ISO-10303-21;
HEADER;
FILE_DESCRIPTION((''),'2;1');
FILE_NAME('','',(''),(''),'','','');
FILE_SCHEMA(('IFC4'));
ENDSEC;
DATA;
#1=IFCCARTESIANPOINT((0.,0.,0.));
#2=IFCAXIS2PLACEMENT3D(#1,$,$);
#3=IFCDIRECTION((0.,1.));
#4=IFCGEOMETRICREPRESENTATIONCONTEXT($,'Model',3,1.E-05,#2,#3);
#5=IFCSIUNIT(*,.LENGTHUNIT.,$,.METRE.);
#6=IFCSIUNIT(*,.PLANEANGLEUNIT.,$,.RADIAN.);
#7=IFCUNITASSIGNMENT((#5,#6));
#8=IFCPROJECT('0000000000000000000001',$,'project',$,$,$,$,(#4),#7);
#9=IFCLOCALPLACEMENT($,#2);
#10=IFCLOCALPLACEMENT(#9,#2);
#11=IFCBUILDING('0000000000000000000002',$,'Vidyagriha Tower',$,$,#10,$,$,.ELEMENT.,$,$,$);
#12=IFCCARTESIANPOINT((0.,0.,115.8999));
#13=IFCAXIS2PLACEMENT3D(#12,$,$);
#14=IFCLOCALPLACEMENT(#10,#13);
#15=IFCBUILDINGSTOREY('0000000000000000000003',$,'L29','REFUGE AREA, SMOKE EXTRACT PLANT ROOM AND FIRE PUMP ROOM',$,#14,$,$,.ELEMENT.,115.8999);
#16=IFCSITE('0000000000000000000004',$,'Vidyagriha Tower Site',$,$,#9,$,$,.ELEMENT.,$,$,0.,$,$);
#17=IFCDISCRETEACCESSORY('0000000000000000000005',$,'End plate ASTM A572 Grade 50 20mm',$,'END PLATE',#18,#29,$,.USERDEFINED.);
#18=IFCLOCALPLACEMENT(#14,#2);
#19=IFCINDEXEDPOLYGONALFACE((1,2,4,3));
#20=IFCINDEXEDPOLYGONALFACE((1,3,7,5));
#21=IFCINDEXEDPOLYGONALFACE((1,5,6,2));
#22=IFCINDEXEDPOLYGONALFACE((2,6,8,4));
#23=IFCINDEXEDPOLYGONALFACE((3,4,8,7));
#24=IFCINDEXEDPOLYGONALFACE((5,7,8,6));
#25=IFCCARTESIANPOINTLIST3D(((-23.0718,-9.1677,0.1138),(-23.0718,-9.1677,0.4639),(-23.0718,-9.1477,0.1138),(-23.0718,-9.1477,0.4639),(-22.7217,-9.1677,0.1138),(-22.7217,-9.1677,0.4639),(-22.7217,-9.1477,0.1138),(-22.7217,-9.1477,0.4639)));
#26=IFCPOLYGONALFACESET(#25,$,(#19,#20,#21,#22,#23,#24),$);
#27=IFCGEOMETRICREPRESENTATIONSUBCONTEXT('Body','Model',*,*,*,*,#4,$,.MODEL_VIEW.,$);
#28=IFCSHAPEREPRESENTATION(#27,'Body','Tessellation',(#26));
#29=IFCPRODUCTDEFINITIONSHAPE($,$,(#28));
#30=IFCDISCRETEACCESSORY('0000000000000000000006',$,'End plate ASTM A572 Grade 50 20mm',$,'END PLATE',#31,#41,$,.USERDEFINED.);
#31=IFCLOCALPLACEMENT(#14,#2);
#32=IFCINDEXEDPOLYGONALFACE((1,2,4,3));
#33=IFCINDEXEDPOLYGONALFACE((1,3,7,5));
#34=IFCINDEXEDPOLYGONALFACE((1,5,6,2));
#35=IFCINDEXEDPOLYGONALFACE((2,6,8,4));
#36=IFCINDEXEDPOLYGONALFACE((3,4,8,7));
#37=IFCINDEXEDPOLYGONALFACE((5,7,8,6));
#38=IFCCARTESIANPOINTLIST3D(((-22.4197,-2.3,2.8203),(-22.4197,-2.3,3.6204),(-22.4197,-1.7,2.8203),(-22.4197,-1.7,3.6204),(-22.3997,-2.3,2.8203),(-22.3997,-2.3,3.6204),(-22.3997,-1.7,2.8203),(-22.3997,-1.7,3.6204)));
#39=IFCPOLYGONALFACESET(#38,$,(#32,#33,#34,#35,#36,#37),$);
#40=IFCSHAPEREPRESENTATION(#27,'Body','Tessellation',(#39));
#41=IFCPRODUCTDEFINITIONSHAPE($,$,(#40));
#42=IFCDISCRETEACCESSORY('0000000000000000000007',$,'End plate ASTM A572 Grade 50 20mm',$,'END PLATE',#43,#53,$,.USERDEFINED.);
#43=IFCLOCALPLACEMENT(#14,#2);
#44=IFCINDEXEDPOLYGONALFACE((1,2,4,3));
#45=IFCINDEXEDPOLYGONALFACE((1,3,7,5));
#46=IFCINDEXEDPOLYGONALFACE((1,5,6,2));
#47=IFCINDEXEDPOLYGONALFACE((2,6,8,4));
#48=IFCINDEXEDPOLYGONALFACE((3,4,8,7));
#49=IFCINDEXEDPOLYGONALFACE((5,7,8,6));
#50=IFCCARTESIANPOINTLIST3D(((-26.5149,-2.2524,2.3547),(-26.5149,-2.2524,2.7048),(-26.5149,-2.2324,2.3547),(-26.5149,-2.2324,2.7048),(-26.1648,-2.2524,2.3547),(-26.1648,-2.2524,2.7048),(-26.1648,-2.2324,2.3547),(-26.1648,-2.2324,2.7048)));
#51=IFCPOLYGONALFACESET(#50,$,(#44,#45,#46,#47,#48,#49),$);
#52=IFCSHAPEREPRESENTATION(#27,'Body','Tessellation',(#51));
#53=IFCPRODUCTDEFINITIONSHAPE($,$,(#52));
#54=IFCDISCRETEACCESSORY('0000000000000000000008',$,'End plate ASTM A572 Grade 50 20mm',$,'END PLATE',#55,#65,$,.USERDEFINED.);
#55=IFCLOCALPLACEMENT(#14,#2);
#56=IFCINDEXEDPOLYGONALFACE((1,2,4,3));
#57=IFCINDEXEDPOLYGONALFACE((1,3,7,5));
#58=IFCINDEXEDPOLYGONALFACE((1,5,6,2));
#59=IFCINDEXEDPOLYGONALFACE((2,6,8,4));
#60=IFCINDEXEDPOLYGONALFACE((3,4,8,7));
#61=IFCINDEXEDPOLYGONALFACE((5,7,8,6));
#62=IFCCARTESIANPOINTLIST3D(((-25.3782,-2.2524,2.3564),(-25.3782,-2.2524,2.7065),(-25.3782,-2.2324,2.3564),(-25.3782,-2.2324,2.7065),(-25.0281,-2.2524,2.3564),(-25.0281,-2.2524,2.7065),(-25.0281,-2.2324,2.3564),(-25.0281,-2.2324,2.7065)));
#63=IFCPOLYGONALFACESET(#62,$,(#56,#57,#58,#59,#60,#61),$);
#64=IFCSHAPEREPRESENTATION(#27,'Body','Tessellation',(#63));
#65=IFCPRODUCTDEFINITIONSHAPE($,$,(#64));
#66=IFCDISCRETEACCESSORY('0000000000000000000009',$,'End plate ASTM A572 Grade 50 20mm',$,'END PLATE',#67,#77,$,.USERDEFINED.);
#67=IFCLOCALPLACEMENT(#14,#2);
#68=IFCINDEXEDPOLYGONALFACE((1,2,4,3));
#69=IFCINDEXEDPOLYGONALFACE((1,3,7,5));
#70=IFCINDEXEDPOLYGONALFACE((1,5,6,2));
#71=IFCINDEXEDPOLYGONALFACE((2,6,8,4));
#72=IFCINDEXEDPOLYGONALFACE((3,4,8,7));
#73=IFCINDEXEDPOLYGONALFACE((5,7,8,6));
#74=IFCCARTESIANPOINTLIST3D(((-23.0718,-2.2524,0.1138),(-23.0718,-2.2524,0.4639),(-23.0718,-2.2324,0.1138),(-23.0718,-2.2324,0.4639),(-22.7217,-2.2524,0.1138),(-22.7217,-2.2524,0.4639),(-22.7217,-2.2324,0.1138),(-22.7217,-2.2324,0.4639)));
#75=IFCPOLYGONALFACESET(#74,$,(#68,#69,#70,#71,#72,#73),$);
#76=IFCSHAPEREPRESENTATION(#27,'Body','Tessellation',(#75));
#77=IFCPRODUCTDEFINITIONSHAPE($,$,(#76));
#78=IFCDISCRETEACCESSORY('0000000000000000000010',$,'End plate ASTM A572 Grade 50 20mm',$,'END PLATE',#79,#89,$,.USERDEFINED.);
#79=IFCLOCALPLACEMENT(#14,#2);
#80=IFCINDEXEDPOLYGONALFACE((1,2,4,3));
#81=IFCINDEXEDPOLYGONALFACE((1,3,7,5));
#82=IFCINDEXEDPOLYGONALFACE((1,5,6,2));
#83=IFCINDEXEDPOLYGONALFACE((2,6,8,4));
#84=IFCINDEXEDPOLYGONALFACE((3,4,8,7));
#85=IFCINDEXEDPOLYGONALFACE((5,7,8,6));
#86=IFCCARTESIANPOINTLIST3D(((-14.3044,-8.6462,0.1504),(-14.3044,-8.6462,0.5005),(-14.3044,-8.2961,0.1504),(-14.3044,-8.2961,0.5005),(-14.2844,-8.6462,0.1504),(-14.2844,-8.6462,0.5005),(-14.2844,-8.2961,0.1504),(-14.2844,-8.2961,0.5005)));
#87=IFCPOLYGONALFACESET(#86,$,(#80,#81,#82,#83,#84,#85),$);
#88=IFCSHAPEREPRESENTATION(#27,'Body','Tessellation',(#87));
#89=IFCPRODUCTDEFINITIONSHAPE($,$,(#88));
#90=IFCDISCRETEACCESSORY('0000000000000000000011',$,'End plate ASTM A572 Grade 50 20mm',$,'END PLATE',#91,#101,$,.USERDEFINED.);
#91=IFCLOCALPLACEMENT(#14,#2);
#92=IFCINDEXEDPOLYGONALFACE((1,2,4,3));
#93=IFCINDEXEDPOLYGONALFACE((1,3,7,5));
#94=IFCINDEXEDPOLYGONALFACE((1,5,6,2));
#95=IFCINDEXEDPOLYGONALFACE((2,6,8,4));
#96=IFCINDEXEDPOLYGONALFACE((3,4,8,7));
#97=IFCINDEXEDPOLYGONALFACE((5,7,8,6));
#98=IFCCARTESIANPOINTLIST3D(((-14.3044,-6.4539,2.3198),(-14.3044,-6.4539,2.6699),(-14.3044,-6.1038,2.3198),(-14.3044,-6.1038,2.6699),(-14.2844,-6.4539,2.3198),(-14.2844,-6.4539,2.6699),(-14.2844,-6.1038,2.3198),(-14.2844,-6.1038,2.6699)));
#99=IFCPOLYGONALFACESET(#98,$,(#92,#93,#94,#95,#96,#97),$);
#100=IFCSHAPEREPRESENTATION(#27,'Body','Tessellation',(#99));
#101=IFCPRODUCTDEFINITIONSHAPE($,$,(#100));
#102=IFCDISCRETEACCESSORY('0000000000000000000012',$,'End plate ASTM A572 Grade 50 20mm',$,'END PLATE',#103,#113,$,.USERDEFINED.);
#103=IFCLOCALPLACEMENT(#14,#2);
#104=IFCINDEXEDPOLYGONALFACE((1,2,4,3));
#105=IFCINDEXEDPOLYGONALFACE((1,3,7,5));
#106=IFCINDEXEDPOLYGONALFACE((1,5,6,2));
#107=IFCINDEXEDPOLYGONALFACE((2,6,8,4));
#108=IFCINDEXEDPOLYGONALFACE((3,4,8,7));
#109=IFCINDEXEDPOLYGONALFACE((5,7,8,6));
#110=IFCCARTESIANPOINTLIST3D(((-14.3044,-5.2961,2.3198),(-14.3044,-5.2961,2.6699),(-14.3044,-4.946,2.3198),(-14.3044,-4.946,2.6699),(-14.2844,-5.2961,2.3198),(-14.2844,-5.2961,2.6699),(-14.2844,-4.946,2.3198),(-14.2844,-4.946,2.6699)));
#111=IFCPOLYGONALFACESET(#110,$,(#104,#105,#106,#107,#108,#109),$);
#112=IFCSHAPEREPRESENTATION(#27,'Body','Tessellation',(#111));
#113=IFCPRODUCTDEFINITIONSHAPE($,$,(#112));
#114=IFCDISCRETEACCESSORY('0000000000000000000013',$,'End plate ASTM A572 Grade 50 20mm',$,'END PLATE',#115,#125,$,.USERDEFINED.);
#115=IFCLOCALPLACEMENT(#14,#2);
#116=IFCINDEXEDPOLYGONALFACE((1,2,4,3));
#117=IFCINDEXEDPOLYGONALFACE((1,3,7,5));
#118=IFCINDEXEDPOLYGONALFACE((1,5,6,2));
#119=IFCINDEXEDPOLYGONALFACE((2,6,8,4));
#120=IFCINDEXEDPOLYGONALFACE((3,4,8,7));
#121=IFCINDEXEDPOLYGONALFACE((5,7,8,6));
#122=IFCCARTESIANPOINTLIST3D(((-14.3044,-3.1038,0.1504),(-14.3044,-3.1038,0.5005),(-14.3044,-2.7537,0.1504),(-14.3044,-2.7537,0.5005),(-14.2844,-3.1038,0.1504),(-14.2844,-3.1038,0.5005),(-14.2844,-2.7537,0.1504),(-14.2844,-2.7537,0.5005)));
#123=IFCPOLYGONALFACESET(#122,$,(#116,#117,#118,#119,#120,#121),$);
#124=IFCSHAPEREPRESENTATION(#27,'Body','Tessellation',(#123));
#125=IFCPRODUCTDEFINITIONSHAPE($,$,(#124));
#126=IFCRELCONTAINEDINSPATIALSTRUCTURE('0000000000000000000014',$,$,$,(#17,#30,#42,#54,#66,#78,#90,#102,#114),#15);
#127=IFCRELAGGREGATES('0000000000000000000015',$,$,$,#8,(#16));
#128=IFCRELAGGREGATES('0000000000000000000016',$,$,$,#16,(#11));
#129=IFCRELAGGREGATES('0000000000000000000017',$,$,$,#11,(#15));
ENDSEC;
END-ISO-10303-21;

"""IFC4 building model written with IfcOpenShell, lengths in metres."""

from ifc_helpers import new_model, si_unit, direction, frame, origin, origin_2d, place, context, subcontext, project, spatial, rectangle, extrude, element, save


model = new_model("IFC4")

# Units and contexts
model_context = context("Model", 3, precision=1e-05, world=origin(), true_north=direction((0.0, 1.0)))
body_context = subcontext(model_context, "Body", "Model", "MODEL_VIEW")
ifc_project = project(units=[si_unit("LENGTHUNIT", "METRE"), si_unit("PLANEANGLEUNIT", "RADIAN")], contexts=[model_context])

# Site, building, storey
site_placement = place(None, origin())
site = spatial("IfcSite", under=ifc_project, at=site_placement, Name="Vidyagriha Tower Site", CompositionType="ELEMENT", RefElevation=0.0)
building_placement = place(site_placement, origin())
building = spatial("IfcBuilding", under=site, at=building_placement, Name="Vidyagriha Tower", CompositionType="ELEMENT")
storey_placement = place(building_placement, frame((0.0, 0.0, 115.8999)))
storey = spatial("IfcBuildingStorey", under=building, at=storey_placement, Name="L29", Description="REFUGE AREA, SMOKE EXTRACT PLANT ROOM AND FIRE PUMP ROOM", CompositionType="ELEMENT", Elevation=115.8999)

# Discrete accessories
discrete_accessory_1_placement = place(storey_placement, frame((-22.8967, -9.1577, 0.1138)))
element("IfcDiscreteAccessory", 1, at=discrete_accessory_1_placement, inside=storey, Name="End plate ASTM A572 Grade 50 20mm", ObjectType="END PLATE", PredefinedType="USERDEFINED", context=body_context, shape_type="SweptSolid", body=[
    extrude(rectangle(XDim=0.3501, YDim=0.02, at=origin_2d()), origin(), (0.0, 0.0, 1.0), 0.3501),
])
discrete_accessory_2_placement = place(storey_placement, frame((-22.4097, -2.0, 2.8203)))
element("IfcDiscreteAccessory", 2, at=discrete_accessory_2_placement, inside=storey, Name="End plate ASTM A572 Grade 50 20mm", ObjectType="END PLATE", PredefinedType="USERDEFINED", context=body_context, shape_type="SweptSolid", body=[
    extrude(rectangle(XDim=0.02, YDim=0.6001, at=origin_2d()), origin(), (0.0, 0.0, 1.0), 0.8),
])
discrete_accessory_3_placement = place(storey_placement, frame((-26.3398, -2.2424, 2.3547)))
element("IfcDiscreteAccessory", 3, at=discrete_accessory_3_placement, inside=storey, Name="End plate ASTM A572 Grade 50 20mm", ObjectType="END PLATE", PredefinedType="USERDEFINED", context=body_context, shape_type="SweptSolid", body=[
    extrude(rectangle(XDim=0.3501, YDim=0.02, at=origin_2d()), origin(), (0.0, 0.0, 1.0), 0.3501),
])
discrete_accessory_4_placement = place(storey_placement, frame((-25.2031, -2.2424, 2.3564), z_axis=(0.0, 0.0, 1.0), x_axis=(-1.0, 0.0, 0.0)))
element("IfcDiscreteAccessory", 4, at=discrete_accessory_4_placement, inside=storey, Name="End plate ASTM A572 Grade 50 20mm", ObjectType="END PLATE", PredefinedType="USERDEFINED", context=body_context, shape_type="SweptSolid", body=[
    extrude(rectangle(XDim=0.3501, YDim=0.02, at=origin_2d()), origin(), (0.0, 0.0, 1.0), 0.3501),
])
discrete_accessory_5_placement = place(storey_placement, frame((-22.8967, -2.2424, 0.1138)))
element("IfcDiscreteAccessory", 5, at=discrete_accessory_5_placement, inside=storey, Name="End plate ASTM A572 Grade 50 20mm", ObjectType="END PLATE", PredefinedType="USERDEFINED", context=body_context, shape_type="SweptSolid", body=[
    extrude(rectangle(XDim=0.3501, YDim=0.02, at=origin_2d()), origin(), (0.0, 0.0, 1.0), 0.3501),
])
for number, where, z_axis, x_axis, name in (
    (6, (-14.2944, -8.4712, 0.1504), (0.0, 0.0, 1.0), (0.0, -1.0, 0.0), "End plate ASTM A572 Grade 50 20mm"),
    (7, (-14.2944, -6.2788, 2.3198), (0.0, 0.0, 1.0), (0.0, 1.0, 0.0), "End plate ASTM A572 Grade 50 20mm"),
    (8, (-14.2944, -5.1211, 2.3198), (0.0, 0.0, 1.0), (0.0, -1.0, 0.0), "End plate ASTM A572 Grade 50 20mm"),
    (9, (-14.2944, -2.9287, 0.1504), (0.0, 0.0, 1.0), (0.0, 1.0, 0.0), "End plate ASTM A572 Grade 50 20mm"),
):
    element("IfcDiscreteAccessory", number, at=place(storey_placement, frame(where, z_axis=z_axis, x_axis=x_axis)), inside=storey, Name=name, ObjectType="END PLATE", PredefinedType="USERDEFINED", context=body_context, shape_type="SweptSolid", body=[
        extrude(rectangle(XDim=0.3501, YDim=0.02, at=origin_2d()), origin(), (0.0, 0.0, 1.0), 0.3501),
    ])

save(model, "model.ifc")
